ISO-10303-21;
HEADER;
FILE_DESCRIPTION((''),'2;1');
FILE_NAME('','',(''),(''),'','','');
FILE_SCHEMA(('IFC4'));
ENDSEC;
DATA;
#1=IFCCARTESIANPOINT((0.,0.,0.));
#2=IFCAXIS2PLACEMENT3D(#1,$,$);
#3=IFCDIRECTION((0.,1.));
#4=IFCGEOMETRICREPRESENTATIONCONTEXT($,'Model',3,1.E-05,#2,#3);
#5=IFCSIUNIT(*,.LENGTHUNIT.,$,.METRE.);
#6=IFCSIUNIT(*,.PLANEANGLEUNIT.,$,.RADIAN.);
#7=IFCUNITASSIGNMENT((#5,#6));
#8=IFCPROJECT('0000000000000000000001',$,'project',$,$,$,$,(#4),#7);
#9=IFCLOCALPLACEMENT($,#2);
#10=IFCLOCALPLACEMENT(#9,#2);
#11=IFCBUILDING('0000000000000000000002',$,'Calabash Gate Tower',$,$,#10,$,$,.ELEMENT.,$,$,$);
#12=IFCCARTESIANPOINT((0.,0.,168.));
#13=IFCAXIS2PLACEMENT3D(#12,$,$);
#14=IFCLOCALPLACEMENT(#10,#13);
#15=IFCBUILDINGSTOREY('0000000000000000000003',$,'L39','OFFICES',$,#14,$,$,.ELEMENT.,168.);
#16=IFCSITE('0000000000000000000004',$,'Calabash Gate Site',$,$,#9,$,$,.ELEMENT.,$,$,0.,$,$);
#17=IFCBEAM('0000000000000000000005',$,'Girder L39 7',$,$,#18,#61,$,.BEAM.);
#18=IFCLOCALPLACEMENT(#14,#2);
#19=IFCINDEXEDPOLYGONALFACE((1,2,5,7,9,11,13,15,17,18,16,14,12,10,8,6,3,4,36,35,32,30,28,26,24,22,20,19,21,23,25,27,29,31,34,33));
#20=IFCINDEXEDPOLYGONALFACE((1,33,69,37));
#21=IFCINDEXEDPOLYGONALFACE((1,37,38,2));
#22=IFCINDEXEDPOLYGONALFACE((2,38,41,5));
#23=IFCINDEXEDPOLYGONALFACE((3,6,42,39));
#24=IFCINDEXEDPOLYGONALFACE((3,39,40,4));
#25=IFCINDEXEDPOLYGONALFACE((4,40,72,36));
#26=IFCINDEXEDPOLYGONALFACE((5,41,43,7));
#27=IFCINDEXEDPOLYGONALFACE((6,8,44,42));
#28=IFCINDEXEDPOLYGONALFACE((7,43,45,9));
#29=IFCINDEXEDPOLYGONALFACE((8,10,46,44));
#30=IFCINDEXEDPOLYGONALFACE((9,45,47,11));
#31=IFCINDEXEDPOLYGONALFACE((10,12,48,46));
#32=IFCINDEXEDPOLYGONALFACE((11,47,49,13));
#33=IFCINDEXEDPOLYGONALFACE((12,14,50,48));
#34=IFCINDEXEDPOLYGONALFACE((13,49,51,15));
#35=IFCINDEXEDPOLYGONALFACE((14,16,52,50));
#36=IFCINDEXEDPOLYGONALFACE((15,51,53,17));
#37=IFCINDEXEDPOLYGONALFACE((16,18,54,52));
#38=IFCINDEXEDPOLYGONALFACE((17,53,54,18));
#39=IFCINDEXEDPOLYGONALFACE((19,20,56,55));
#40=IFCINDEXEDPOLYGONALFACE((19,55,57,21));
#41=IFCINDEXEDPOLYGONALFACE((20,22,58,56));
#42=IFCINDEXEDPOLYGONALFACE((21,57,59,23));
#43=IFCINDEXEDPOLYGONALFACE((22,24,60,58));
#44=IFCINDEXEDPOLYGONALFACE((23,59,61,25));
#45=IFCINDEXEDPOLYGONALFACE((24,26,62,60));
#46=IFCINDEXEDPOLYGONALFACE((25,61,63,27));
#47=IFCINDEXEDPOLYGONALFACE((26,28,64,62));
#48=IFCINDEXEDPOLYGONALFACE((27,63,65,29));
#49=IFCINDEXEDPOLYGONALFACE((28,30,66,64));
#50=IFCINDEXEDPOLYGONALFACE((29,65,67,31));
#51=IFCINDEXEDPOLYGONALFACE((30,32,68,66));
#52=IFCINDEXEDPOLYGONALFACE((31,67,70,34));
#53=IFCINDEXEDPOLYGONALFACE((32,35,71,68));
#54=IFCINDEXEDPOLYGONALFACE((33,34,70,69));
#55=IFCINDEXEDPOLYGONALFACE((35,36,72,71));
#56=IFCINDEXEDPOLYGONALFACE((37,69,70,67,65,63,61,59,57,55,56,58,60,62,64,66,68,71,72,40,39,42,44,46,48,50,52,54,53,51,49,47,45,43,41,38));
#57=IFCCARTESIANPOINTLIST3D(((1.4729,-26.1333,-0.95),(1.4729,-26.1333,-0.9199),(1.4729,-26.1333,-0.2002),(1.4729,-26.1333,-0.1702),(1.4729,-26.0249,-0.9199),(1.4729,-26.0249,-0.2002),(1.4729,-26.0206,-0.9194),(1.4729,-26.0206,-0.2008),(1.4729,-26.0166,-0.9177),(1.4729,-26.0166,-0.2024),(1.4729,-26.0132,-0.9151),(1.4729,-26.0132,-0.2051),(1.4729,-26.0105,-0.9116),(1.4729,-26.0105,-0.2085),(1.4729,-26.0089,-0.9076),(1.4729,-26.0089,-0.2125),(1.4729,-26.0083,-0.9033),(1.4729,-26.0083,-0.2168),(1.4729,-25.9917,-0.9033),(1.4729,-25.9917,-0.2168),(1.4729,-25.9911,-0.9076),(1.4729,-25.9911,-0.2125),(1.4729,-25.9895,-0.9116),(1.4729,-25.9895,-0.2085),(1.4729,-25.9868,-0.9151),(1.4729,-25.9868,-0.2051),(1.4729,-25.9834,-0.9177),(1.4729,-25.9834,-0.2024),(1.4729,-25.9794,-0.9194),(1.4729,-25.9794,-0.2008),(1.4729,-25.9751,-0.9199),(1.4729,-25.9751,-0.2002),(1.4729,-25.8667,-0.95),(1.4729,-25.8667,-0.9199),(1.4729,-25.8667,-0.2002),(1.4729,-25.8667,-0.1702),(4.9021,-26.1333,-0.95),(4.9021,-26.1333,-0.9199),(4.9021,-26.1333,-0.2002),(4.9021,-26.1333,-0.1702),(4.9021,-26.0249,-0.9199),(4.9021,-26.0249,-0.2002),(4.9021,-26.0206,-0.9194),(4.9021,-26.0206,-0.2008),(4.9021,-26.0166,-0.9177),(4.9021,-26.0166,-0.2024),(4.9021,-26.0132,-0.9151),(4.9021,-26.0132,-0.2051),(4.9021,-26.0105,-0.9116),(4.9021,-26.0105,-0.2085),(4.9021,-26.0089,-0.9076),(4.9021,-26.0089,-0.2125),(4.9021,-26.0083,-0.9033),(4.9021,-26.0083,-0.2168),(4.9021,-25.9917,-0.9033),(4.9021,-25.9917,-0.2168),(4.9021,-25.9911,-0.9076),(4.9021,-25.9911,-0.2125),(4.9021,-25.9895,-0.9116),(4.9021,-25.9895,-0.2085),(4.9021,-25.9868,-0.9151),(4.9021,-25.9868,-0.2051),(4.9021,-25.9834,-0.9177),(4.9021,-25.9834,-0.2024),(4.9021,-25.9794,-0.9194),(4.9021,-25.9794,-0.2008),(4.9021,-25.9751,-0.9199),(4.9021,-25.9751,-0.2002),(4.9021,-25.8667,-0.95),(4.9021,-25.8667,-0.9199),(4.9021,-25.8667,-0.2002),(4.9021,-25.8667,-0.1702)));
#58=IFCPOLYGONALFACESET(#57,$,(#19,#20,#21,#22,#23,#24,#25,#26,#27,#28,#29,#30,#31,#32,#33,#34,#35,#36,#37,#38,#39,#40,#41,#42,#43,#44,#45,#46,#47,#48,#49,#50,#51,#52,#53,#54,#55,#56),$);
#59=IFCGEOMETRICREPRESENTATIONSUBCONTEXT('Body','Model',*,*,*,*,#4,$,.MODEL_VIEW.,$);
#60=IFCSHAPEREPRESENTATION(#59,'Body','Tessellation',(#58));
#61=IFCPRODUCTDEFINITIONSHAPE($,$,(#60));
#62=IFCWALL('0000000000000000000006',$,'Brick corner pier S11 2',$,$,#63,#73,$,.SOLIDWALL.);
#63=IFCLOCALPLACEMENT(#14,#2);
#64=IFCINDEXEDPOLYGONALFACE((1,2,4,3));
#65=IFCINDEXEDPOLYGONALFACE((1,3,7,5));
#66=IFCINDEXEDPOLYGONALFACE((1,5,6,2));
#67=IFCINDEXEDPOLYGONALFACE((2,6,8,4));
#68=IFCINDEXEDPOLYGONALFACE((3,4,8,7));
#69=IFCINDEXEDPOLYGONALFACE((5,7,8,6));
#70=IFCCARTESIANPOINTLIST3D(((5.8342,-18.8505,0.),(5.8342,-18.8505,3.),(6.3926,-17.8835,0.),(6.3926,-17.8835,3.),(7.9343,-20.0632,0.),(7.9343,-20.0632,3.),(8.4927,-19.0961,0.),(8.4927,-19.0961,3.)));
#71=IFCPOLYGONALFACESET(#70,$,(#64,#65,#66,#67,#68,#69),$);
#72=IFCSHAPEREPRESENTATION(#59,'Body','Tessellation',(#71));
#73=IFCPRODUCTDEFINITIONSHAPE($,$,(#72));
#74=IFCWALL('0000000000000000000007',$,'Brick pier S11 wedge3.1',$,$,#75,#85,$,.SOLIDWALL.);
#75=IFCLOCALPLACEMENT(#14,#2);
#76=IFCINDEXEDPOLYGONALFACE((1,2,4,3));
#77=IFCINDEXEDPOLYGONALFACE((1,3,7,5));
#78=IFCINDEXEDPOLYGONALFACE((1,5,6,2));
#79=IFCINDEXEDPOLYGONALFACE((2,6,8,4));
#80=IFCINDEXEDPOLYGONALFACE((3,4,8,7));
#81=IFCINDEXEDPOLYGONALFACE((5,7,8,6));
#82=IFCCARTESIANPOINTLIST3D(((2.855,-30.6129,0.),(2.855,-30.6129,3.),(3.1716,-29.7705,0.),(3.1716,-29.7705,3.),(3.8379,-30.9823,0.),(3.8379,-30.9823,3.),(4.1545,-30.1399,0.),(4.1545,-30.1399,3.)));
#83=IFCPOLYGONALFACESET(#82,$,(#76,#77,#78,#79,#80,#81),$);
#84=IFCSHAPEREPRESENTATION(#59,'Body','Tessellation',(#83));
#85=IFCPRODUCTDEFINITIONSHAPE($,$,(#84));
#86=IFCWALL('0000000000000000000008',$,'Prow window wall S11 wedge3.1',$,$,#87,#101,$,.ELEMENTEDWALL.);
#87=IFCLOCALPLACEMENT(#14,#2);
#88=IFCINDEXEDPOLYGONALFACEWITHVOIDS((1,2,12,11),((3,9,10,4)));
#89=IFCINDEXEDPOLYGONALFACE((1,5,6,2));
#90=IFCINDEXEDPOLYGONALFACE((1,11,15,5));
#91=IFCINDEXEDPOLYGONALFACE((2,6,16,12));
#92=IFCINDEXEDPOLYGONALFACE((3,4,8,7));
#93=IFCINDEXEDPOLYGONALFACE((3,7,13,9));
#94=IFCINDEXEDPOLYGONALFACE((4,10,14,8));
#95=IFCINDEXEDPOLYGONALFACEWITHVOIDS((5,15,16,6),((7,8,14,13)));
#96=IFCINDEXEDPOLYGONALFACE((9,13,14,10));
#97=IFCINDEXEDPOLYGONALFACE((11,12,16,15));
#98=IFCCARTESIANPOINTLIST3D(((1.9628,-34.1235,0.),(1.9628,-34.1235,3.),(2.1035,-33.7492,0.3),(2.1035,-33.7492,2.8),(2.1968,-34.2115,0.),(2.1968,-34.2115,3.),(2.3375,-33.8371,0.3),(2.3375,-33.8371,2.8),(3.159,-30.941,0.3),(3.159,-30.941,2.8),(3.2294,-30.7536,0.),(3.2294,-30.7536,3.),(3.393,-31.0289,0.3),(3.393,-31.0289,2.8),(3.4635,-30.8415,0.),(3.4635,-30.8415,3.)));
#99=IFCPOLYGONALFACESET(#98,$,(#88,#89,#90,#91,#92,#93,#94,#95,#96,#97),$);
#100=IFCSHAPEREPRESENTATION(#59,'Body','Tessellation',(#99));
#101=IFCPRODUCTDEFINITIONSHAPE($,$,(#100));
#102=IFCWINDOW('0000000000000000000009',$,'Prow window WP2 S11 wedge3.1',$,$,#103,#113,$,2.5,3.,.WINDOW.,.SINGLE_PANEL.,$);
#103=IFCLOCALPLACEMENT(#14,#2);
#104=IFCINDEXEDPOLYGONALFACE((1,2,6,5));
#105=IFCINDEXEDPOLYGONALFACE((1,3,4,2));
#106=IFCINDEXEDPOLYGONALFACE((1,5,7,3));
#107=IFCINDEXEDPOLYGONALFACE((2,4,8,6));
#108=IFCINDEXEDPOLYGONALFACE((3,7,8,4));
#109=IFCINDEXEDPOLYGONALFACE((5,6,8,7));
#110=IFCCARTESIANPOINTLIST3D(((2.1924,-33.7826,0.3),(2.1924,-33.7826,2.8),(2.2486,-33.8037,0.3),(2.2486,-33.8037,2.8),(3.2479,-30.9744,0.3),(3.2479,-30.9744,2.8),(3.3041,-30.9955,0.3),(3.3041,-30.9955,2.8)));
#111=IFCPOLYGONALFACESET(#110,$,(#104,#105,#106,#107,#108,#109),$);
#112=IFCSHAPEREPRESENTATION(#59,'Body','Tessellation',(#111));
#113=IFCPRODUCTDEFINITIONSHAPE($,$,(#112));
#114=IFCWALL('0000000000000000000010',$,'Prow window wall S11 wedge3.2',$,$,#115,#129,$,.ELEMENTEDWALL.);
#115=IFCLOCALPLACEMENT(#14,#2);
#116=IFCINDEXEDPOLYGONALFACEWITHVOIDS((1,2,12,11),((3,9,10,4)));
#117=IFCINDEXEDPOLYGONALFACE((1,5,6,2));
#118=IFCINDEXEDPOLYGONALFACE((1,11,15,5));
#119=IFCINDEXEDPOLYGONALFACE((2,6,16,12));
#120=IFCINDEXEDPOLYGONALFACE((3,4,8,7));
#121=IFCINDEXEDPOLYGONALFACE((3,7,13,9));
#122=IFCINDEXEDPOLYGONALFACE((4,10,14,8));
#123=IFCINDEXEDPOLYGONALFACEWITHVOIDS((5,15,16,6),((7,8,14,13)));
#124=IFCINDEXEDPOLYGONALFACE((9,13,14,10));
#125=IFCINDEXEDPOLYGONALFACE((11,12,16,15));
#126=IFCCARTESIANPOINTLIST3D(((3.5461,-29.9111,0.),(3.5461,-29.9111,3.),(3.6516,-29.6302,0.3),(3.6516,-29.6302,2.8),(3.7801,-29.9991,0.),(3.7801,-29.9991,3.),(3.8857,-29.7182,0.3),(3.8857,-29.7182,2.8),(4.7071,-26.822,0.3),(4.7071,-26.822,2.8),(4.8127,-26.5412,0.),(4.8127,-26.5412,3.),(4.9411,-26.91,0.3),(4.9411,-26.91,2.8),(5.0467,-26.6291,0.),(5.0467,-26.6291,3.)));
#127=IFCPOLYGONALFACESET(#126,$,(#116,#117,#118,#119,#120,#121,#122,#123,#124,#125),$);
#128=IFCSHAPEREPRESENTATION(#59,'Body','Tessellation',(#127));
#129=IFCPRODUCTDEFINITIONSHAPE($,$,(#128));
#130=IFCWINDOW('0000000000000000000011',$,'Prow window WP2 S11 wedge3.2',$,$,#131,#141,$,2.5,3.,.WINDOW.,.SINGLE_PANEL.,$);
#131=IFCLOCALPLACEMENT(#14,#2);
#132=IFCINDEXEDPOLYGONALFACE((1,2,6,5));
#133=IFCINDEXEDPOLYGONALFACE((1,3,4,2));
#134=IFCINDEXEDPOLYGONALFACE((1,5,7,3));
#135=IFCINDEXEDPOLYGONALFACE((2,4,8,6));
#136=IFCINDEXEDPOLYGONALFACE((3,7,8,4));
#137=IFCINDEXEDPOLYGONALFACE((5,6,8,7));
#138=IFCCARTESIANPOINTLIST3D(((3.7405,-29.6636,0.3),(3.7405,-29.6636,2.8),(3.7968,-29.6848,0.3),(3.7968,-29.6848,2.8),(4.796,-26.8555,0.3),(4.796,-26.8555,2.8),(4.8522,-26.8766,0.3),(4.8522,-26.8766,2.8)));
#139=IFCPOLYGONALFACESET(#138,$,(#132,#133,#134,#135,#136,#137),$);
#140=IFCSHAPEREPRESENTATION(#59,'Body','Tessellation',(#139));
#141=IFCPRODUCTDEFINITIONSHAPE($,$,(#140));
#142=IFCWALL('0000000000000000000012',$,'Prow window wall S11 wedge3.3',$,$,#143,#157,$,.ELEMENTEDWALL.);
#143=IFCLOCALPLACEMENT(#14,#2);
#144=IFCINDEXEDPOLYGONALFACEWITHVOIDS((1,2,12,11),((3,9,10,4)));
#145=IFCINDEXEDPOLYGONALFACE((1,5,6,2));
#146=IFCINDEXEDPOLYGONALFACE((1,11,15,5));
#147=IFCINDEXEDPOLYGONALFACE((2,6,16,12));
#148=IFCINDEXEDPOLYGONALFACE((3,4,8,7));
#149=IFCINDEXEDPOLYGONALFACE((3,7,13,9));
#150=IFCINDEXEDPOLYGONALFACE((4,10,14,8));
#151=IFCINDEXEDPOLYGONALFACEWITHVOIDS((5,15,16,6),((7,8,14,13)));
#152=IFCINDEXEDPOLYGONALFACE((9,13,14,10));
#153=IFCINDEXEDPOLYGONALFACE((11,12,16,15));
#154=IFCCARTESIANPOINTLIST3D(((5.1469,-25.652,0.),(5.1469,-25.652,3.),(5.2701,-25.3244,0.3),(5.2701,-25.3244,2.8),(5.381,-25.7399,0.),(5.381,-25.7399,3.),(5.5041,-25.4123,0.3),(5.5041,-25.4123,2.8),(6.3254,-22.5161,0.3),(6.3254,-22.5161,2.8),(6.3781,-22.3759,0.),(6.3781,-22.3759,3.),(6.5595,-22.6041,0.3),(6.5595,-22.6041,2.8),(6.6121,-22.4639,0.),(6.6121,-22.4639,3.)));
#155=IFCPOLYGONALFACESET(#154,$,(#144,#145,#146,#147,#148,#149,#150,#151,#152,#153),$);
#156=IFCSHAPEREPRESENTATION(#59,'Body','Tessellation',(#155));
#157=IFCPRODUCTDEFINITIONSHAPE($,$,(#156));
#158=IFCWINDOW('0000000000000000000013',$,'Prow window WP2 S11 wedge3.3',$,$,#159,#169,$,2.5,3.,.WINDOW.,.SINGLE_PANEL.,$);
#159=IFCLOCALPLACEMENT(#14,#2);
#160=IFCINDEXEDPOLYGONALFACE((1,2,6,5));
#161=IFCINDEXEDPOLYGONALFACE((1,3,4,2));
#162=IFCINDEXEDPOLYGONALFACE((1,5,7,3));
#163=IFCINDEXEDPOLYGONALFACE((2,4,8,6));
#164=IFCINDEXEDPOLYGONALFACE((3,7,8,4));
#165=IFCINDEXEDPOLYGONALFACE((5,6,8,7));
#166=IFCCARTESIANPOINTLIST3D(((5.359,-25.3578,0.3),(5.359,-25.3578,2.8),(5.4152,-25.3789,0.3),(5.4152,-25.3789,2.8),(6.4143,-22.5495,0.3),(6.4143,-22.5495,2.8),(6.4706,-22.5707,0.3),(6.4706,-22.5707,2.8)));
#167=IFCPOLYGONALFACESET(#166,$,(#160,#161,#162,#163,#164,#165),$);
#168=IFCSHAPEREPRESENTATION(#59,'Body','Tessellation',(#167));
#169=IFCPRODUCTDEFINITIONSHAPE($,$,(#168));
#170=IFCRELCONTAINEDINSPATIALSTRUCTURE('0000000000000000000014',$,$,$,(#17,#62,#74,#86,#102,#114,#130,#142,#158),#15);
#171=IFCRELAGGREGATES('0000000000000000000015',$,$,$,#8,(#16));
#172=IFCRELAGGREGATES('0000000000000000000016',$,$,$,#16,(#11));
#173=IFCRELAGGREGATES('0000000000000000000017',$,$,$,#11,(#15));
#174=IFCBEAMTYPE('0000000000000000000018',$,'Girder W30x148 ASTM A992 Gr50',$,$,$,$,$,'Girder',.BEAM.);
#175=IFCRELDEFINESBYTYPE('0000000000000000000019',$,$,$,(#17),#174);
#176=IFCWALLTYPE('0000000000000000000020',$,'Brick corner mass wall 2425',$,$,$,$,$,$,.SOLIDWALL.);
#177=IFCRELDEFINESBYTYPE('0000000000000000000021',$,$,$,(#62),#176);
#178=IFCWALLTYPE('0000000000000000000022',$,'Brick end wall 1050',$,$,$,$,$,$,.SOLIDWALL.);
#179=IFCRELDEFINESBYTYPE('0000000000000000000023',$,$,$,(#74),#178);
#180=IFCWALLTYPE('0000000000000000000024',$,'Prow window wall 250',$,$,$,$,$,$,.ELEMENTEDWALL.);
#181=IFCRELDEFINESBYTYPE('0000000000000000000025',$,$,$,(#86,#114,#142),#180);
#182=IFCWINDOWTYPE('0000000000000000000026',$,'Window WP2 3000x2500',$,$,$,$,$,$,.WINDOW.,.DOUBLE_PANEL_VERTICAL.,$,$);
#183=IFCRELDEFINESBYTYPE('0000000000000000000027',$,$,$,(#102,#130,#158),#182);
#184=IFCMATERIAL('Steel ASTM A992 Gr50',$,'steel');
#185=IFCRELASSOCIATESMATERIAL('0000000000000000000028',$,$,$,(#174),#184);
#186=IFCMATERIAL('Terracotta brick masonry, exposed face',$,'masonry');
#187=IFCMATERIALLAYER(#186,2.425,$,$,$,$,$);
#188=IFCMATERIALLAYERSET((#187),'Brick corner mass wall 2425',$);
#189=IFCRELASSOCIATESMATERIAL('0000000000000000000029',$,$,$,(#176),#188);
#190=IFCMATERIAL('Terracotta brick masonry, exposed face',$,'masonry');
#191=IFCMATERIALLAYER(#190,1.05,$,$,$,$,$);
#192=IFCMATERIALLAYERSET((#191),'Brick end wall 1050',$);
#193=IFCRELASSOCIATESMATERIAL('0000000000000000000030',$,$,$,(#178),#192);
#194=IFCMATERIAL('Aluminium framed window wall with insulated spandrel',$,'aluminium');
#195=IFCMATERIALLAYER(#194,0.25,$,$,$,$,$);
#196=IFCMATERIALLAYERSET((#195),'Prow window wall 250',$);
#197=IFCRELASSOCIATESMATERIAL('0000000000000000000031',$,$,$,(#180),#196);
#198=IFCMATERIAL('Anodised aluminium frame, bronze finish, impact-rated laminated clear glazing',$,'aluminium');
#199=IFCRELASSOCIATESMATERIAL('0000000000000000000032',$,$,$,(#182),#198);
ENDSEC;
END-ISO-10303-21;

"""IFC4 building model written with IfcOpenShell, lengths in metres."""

from ifc_helpers import new_model, si_unit, direction, frame, frame_2d, origin, origin_2d, place, context, subcontext, project, spatial, rectangle, i_section, extrude, material, layer, layer_set, material_profile, profile_set, type_object, element, fill, save


model = new_model("IFC4")

# Units and contexts
model_context = context("Model", 3, precision=1e-05, world=origin(), true_north=direction((0.0, 1.0)))
body_context = subcontext(model_context, "Body", "Model", "MODEL_VIEW")
ifc_project = project(units=[si_unit("LENGTHUNIT", "METRE"), si_unit("PLANEANGLEUNIT", "RADIAN")], contexts=[model_context])

# Site, building, storey
site_placement = place(None, origin())
site = spatial("IfcSite", under=ifc_project, at=site_placement, Name="Calabash Gate Site", CompositionType="ELEMENT", RefElevation=0.0)
building_placement = place(site_placement, origin())
building = spatial("IfcBuilding", under=site, at=building_placement, Name="Calabash Gate Tower", CompositionType="ELEMENT")
storey_placement = place(building_placement, frame((0.0, 0.0, 168.0)))
storey = spatial("IfcBuildingStorey", under=building, at=storey_placement, Name="L39", Description="OFFICES", CompositionType="ELEMENT", Elevation=168.0)

# Beam
ifc_material_1 = material(Name="Steel ASTM A992 Gr50", Category="steel")
ifc_material_profile_1 = material_profile(ifc_material_1, i_section(OverallWidth=0.2666, OverallDepth=0.7798, WebThickness=0.0166, FlangeThickness=0.03, FilletRadius=0.0166, at=origin_2d()))
ifc_profile_set_1 = profile_set([ifc_material_profile_1], Name="Steel ASTM A992 Gr50")
beam_type_1 = type_object("IfcBeamType", Name="Girder W30x148 ASTM A992 Gr50", ElementType="Girder", PredefinedType="BEAM", material=ifc_profile_set_1)
beam_1_placement = place(storey_placement, frame((1.4729, -26.0, -0.5601), z_axis=(1.0, 0.0, 0.0), x_axis=(0.0, 1.0, 0.0)))
element("IfcBeam", 1, at=beam_1_placement, inside=storey, type_object=beam_type_1, Name="Girder L39 7", PredefinedType="BEAM", context=body_context, shape_type="SweptSolid", body=[
    extrude(i_section(OverallWidth=0.2666, OverallDepth=0.7798, WebThickness=0.0166, FlangeThickness=0.03, FilletRadius=0.0166, at=origin_2d()), origin(), (0.0, 0.0, 1.0), 3.4292),
])

# Walls
ifc_material_2 = material(Name="Terracotta brick masonry, exposed face", Category="masonry")
ifc_layer_1 = layer(ifc_material_2, 2.425)
ifc_layer_set_1 = layer_set([ifc_layer_1], Name="Brick corner mass wall 2425")
wall_type_1 = type_object("IfcWallType", Name="Brick corner mass wall 2425", PredefinedType="SOLIDWALL", material=ifc_layer_set_1)
wall_1_placement = place(storey_placement, frame((8.2134, -19.5796, 0.0), z_axis=(0.0, 0.0, 1.0), x_axis=(-0.865998, 0.500048, 0.0)))
element("IfcWall", 2, at=wall_1_placement, inside=storey, type_object=wall_type_1, Name="Brick corner pier S11 2", PredefinedType="SOLIDWALL", context=body_context, shape_type="SweptSolid", body=[
    extrude(rectangle(XDim=2.425, YDim=1.1167, at=frame_2d((1.2124, 0.0))), origin(), (0.0, 0.0, 1.0), 3.0),
])
ifc_material_3 = material(Name="Terracotta brick masonry, exposed face", Category="masonry")
ifc_layer_2 = layer(ifc_material_3, 1.05)
ifc_layer_set_2 = layer_set([ifc_layer_2], Name="Brick end wall 1050")
wall_type_2 = type_object("IfcWallType", Name="Brick end wall 1050", PredefinedType="SOLIDWALL", material=ifc_layer_set_2)
wall_2_placement = place(storey_placement, frame((3.9961, -30.561, 0.0), z_axis=(0.0, 0.0, 1.0), x_axis=(-0.936081, 0.351786, 0.0)))
element("IfcWall", 3, at=wall_2_placement, inside=storey, type_object=wall_type_2, Name="Brick pier S11 wedge3.1", PredefinedType="SOLIDWALL", context=body_context, shape_type="SweptSolid", body=[
    extrude(rectangle(XDim=1.05, YDim=0.8999, at=frame_2d((0.5249, 0.0))), origin(), (0.0, 0.0, 1.0), 3.0),
])

# Walls, openings, windows
ifc_material_4 = material(Name="Aluminium framed window wall with insulated spandrel", Category="aluminium")
ifc_layer_3 = layer(ifc_material_4, 0.25)
ifc_layer_set_3 = layer_set([ifc_layer_3], Name="Prow window wall 250")
wall_type_3 = type_object("IfcWallType", Name="Prow window wall 250", PredefinedType="ELEMENTEDWALL", material=ifc_layer_set_3)
wall_3_placement = place(storey_placement, frame((2.0798, -34.1675, 0.0), z_axis=(0.0, 0.0, 1.0), x_axis=(0.351829, 0.936064, 0.0)))
wall_3 = element("IfcWall", 4, at=wall_3_placement, inside=storey, type_object=wall_type_3, Name="Prow window wall S11 wedge3.1", PredefinedType="ELEMENTEDWALL", context=body_context, shape_type="SweptSolid", body=[
    extrude(rectangle(XDim=3.6001, YDim=0.25, at=frame_2d((1.8, 0.0))), origin(), (0.0, 0.0, 1.0), 3.0),
])
opening_1_placement = place(wall_3_placement, frame((0.3999, 0.0, 0.3)))
opening_1 = element("IfcOpeningElement", 5, at=opening_1_placement, cuts=wall_3, PredefinedType="OPENING", context=body_context, shape_type="SweptSolid", body=[
    extrude(rectangle(XDim=3.0, YDim=2.5, at=frame_2d((1.5, 1.25))), frame((0.0, 0.135, 0.0), z_axis=(0.0, -1.0, 0.0), x_axis=(1.0, 0.0, 0.0)), (0.0, 0.0, 1.0), 0.27),
])
ifc_material_5 = material(Name="Anodised aluminium frame, bronze finish, impact-rated laminated clear glazing", Category="aluminium")
window_type = type_object("IfcWindowType", Name="Window WP2 3000x2500", PartitioningType="DOUBLE_PANEL_VERTICAL", PredefinedType="WINDOW", material=ifc_material_5)
window_1_placement = place(opening_1_placement, origin())
window_1 = element("IfcWindow", 6, at=window_1_placement, inside=storey, type_object=window_type, Name="Prow window WP2 S11 wedge3.1", OverallHeight=2.5, OverallWidth=3.0, PartitioningType="SINGLE_PANEL", PredefinedType="WINDOW", context=body_context, shape_type="SweptSolid", body=[
    extrude(rectangle(XDim=3.0, YDim=2.5, at=frame_2d((1.5, 1.25))), frame((0.0, 0.03, 0.0), z_axis=(0.0, -1.0, 0.0), x_axis=(1.0, 0.0, 0.0)), (0.0, 0.0, 1.0), 0.0601),
])
fill(opening_1, window_1)
wall_4_placement = place(storey_placement, frame((3.6631, -29.9551, 0.0), z_axis=(0.0, 0.0, 1.0), x_axis=(0.351829, 0.936064, 0.0)))
wall_4 = element("IfcWall", 7, at=wall_4_placement, inside=storey, type_object=wall_type_3, Name="Prow window wall S11 wedge3.2", PredefinedType="ELEMENTEDWALL", context=body_context, shape_type="SweptSolid", body=[
    extrude(rectangle(XDim=3.6001, YDim=0.25, at=frame_2d((1.8, 0.0))), origin(), (0.0, 0.0, 1.0), 3.0),
])
opening_2_placement = place(wall_4_placement, frame((0.3, 0.0, 0.3)))
opening_2 = element("IfcOpeningElement", 8, at=opening_2_placement, cuts=wall_4, PredefinedType="OPENING", context=body_context, shape_type="SweptSolid", body=[
    extrude(rectangle(XDim=3.0, YDim=2.5, at=frame_2d((1.5, 1.25))), frame((0.0, 0.135, 0.0), z_axis=(0.0, -1.0, 0.0), x_axis=(1.0, 0.0, 0.0)), (0.0, 0.0, 1.0), 0.27),
])
window_2_placement = place(opening_2_placement, origin())
window_2 = element("IfcWindow", 9, at=window_2_placement, inside=storey, type_object=window_type, Name="Prow window WP2 S11 wedge3.2", OverallHeight=2.5, OverallWidth=3.0, PartitioningType="SINGLE_PANEL", PredefinedType="WINDOW", context=body_context, shape_type="SweptSolid", body=[
    extrude(rectangle(XDim=3.0, YDim=2.5, at=frame_2d((1.5, 1.25))), frame((0.0, 0.03, 0.0), z_axis=(0.0, -1.0, 0.0), x_axis=(1.0, 0.0, 0.0)), (0.0, 0.0, 1.0), 0.0601),
])
fill(opening_2, window_2)
wall_5_placement = place(storey_placement, frame((5.2639, -25.696, 0.0), z_axis=(0.0, 0.0, 1.0), x_axis=(0.351788, 0.93608, 0.0)))
wall_5 = element("IfcWall", 10, at=wall_5_placement, inside=storey, type_object=wall_type_3, Name="Prow window wall S11 wedge3.3", PredefinedType="ELEMENTEDWALL", context=body_context, shape_type="SweptSolid", body=[
    extrude(rectangle(XDim=3.4998, YDim=0.25, at=frame_2d((1.75, 0.0))), origin(), (0.0, 0.0, 1.0), 3.0),
])
opening_3_placement = place(wall_5_placement, frame((0.3501, 0.0, 0.3)))
opening_3 = element("IfcOpeningElement", 11, at=opening_3_placement, cuts=wall_5, PredefinedType="OPENING", context=body_context, shape_type="SweptSolid", body=[
    extrude(rectangle(XDim=3.0, YDim=2.5, at=frame_2d((1.5, 1.25))), frame((0.0, 0.135, 0.0), z_axis=(0.0, -1.0, 0.0), x_axis=(1.0, 0.0, 0.0)), (0.0, 0.0, 1.0), 0.27),
])
window_3_placement = place(opening_3_placement, origin())
window_3 = element("IfcWindow", 12, at=window_3_placement, inside=storey, type_object=window_type, Name="Prow window WP2 S11 wedge3.3", OverallHeight=2.5, OverallWidth=3.0, PartitioningType="SINGLE_PANEL", PredefinedType="WINDOW", context=body_context, shape_type="SweptSolid", body=[
    extrude(rectangle(XDim=3.0, YDim=2.5, at=frame_2d((1.5, 1.25))), frame((0.0, 0.03, 0.0), z_axis=(0.0, -1.0, 0.0), x_axis=(1.0, 0.0, 0.0)), (0.0, 0.0, 1.0), 0.0601),
])
fill(opening_3, window_3)

save(model, "model.ifc")
